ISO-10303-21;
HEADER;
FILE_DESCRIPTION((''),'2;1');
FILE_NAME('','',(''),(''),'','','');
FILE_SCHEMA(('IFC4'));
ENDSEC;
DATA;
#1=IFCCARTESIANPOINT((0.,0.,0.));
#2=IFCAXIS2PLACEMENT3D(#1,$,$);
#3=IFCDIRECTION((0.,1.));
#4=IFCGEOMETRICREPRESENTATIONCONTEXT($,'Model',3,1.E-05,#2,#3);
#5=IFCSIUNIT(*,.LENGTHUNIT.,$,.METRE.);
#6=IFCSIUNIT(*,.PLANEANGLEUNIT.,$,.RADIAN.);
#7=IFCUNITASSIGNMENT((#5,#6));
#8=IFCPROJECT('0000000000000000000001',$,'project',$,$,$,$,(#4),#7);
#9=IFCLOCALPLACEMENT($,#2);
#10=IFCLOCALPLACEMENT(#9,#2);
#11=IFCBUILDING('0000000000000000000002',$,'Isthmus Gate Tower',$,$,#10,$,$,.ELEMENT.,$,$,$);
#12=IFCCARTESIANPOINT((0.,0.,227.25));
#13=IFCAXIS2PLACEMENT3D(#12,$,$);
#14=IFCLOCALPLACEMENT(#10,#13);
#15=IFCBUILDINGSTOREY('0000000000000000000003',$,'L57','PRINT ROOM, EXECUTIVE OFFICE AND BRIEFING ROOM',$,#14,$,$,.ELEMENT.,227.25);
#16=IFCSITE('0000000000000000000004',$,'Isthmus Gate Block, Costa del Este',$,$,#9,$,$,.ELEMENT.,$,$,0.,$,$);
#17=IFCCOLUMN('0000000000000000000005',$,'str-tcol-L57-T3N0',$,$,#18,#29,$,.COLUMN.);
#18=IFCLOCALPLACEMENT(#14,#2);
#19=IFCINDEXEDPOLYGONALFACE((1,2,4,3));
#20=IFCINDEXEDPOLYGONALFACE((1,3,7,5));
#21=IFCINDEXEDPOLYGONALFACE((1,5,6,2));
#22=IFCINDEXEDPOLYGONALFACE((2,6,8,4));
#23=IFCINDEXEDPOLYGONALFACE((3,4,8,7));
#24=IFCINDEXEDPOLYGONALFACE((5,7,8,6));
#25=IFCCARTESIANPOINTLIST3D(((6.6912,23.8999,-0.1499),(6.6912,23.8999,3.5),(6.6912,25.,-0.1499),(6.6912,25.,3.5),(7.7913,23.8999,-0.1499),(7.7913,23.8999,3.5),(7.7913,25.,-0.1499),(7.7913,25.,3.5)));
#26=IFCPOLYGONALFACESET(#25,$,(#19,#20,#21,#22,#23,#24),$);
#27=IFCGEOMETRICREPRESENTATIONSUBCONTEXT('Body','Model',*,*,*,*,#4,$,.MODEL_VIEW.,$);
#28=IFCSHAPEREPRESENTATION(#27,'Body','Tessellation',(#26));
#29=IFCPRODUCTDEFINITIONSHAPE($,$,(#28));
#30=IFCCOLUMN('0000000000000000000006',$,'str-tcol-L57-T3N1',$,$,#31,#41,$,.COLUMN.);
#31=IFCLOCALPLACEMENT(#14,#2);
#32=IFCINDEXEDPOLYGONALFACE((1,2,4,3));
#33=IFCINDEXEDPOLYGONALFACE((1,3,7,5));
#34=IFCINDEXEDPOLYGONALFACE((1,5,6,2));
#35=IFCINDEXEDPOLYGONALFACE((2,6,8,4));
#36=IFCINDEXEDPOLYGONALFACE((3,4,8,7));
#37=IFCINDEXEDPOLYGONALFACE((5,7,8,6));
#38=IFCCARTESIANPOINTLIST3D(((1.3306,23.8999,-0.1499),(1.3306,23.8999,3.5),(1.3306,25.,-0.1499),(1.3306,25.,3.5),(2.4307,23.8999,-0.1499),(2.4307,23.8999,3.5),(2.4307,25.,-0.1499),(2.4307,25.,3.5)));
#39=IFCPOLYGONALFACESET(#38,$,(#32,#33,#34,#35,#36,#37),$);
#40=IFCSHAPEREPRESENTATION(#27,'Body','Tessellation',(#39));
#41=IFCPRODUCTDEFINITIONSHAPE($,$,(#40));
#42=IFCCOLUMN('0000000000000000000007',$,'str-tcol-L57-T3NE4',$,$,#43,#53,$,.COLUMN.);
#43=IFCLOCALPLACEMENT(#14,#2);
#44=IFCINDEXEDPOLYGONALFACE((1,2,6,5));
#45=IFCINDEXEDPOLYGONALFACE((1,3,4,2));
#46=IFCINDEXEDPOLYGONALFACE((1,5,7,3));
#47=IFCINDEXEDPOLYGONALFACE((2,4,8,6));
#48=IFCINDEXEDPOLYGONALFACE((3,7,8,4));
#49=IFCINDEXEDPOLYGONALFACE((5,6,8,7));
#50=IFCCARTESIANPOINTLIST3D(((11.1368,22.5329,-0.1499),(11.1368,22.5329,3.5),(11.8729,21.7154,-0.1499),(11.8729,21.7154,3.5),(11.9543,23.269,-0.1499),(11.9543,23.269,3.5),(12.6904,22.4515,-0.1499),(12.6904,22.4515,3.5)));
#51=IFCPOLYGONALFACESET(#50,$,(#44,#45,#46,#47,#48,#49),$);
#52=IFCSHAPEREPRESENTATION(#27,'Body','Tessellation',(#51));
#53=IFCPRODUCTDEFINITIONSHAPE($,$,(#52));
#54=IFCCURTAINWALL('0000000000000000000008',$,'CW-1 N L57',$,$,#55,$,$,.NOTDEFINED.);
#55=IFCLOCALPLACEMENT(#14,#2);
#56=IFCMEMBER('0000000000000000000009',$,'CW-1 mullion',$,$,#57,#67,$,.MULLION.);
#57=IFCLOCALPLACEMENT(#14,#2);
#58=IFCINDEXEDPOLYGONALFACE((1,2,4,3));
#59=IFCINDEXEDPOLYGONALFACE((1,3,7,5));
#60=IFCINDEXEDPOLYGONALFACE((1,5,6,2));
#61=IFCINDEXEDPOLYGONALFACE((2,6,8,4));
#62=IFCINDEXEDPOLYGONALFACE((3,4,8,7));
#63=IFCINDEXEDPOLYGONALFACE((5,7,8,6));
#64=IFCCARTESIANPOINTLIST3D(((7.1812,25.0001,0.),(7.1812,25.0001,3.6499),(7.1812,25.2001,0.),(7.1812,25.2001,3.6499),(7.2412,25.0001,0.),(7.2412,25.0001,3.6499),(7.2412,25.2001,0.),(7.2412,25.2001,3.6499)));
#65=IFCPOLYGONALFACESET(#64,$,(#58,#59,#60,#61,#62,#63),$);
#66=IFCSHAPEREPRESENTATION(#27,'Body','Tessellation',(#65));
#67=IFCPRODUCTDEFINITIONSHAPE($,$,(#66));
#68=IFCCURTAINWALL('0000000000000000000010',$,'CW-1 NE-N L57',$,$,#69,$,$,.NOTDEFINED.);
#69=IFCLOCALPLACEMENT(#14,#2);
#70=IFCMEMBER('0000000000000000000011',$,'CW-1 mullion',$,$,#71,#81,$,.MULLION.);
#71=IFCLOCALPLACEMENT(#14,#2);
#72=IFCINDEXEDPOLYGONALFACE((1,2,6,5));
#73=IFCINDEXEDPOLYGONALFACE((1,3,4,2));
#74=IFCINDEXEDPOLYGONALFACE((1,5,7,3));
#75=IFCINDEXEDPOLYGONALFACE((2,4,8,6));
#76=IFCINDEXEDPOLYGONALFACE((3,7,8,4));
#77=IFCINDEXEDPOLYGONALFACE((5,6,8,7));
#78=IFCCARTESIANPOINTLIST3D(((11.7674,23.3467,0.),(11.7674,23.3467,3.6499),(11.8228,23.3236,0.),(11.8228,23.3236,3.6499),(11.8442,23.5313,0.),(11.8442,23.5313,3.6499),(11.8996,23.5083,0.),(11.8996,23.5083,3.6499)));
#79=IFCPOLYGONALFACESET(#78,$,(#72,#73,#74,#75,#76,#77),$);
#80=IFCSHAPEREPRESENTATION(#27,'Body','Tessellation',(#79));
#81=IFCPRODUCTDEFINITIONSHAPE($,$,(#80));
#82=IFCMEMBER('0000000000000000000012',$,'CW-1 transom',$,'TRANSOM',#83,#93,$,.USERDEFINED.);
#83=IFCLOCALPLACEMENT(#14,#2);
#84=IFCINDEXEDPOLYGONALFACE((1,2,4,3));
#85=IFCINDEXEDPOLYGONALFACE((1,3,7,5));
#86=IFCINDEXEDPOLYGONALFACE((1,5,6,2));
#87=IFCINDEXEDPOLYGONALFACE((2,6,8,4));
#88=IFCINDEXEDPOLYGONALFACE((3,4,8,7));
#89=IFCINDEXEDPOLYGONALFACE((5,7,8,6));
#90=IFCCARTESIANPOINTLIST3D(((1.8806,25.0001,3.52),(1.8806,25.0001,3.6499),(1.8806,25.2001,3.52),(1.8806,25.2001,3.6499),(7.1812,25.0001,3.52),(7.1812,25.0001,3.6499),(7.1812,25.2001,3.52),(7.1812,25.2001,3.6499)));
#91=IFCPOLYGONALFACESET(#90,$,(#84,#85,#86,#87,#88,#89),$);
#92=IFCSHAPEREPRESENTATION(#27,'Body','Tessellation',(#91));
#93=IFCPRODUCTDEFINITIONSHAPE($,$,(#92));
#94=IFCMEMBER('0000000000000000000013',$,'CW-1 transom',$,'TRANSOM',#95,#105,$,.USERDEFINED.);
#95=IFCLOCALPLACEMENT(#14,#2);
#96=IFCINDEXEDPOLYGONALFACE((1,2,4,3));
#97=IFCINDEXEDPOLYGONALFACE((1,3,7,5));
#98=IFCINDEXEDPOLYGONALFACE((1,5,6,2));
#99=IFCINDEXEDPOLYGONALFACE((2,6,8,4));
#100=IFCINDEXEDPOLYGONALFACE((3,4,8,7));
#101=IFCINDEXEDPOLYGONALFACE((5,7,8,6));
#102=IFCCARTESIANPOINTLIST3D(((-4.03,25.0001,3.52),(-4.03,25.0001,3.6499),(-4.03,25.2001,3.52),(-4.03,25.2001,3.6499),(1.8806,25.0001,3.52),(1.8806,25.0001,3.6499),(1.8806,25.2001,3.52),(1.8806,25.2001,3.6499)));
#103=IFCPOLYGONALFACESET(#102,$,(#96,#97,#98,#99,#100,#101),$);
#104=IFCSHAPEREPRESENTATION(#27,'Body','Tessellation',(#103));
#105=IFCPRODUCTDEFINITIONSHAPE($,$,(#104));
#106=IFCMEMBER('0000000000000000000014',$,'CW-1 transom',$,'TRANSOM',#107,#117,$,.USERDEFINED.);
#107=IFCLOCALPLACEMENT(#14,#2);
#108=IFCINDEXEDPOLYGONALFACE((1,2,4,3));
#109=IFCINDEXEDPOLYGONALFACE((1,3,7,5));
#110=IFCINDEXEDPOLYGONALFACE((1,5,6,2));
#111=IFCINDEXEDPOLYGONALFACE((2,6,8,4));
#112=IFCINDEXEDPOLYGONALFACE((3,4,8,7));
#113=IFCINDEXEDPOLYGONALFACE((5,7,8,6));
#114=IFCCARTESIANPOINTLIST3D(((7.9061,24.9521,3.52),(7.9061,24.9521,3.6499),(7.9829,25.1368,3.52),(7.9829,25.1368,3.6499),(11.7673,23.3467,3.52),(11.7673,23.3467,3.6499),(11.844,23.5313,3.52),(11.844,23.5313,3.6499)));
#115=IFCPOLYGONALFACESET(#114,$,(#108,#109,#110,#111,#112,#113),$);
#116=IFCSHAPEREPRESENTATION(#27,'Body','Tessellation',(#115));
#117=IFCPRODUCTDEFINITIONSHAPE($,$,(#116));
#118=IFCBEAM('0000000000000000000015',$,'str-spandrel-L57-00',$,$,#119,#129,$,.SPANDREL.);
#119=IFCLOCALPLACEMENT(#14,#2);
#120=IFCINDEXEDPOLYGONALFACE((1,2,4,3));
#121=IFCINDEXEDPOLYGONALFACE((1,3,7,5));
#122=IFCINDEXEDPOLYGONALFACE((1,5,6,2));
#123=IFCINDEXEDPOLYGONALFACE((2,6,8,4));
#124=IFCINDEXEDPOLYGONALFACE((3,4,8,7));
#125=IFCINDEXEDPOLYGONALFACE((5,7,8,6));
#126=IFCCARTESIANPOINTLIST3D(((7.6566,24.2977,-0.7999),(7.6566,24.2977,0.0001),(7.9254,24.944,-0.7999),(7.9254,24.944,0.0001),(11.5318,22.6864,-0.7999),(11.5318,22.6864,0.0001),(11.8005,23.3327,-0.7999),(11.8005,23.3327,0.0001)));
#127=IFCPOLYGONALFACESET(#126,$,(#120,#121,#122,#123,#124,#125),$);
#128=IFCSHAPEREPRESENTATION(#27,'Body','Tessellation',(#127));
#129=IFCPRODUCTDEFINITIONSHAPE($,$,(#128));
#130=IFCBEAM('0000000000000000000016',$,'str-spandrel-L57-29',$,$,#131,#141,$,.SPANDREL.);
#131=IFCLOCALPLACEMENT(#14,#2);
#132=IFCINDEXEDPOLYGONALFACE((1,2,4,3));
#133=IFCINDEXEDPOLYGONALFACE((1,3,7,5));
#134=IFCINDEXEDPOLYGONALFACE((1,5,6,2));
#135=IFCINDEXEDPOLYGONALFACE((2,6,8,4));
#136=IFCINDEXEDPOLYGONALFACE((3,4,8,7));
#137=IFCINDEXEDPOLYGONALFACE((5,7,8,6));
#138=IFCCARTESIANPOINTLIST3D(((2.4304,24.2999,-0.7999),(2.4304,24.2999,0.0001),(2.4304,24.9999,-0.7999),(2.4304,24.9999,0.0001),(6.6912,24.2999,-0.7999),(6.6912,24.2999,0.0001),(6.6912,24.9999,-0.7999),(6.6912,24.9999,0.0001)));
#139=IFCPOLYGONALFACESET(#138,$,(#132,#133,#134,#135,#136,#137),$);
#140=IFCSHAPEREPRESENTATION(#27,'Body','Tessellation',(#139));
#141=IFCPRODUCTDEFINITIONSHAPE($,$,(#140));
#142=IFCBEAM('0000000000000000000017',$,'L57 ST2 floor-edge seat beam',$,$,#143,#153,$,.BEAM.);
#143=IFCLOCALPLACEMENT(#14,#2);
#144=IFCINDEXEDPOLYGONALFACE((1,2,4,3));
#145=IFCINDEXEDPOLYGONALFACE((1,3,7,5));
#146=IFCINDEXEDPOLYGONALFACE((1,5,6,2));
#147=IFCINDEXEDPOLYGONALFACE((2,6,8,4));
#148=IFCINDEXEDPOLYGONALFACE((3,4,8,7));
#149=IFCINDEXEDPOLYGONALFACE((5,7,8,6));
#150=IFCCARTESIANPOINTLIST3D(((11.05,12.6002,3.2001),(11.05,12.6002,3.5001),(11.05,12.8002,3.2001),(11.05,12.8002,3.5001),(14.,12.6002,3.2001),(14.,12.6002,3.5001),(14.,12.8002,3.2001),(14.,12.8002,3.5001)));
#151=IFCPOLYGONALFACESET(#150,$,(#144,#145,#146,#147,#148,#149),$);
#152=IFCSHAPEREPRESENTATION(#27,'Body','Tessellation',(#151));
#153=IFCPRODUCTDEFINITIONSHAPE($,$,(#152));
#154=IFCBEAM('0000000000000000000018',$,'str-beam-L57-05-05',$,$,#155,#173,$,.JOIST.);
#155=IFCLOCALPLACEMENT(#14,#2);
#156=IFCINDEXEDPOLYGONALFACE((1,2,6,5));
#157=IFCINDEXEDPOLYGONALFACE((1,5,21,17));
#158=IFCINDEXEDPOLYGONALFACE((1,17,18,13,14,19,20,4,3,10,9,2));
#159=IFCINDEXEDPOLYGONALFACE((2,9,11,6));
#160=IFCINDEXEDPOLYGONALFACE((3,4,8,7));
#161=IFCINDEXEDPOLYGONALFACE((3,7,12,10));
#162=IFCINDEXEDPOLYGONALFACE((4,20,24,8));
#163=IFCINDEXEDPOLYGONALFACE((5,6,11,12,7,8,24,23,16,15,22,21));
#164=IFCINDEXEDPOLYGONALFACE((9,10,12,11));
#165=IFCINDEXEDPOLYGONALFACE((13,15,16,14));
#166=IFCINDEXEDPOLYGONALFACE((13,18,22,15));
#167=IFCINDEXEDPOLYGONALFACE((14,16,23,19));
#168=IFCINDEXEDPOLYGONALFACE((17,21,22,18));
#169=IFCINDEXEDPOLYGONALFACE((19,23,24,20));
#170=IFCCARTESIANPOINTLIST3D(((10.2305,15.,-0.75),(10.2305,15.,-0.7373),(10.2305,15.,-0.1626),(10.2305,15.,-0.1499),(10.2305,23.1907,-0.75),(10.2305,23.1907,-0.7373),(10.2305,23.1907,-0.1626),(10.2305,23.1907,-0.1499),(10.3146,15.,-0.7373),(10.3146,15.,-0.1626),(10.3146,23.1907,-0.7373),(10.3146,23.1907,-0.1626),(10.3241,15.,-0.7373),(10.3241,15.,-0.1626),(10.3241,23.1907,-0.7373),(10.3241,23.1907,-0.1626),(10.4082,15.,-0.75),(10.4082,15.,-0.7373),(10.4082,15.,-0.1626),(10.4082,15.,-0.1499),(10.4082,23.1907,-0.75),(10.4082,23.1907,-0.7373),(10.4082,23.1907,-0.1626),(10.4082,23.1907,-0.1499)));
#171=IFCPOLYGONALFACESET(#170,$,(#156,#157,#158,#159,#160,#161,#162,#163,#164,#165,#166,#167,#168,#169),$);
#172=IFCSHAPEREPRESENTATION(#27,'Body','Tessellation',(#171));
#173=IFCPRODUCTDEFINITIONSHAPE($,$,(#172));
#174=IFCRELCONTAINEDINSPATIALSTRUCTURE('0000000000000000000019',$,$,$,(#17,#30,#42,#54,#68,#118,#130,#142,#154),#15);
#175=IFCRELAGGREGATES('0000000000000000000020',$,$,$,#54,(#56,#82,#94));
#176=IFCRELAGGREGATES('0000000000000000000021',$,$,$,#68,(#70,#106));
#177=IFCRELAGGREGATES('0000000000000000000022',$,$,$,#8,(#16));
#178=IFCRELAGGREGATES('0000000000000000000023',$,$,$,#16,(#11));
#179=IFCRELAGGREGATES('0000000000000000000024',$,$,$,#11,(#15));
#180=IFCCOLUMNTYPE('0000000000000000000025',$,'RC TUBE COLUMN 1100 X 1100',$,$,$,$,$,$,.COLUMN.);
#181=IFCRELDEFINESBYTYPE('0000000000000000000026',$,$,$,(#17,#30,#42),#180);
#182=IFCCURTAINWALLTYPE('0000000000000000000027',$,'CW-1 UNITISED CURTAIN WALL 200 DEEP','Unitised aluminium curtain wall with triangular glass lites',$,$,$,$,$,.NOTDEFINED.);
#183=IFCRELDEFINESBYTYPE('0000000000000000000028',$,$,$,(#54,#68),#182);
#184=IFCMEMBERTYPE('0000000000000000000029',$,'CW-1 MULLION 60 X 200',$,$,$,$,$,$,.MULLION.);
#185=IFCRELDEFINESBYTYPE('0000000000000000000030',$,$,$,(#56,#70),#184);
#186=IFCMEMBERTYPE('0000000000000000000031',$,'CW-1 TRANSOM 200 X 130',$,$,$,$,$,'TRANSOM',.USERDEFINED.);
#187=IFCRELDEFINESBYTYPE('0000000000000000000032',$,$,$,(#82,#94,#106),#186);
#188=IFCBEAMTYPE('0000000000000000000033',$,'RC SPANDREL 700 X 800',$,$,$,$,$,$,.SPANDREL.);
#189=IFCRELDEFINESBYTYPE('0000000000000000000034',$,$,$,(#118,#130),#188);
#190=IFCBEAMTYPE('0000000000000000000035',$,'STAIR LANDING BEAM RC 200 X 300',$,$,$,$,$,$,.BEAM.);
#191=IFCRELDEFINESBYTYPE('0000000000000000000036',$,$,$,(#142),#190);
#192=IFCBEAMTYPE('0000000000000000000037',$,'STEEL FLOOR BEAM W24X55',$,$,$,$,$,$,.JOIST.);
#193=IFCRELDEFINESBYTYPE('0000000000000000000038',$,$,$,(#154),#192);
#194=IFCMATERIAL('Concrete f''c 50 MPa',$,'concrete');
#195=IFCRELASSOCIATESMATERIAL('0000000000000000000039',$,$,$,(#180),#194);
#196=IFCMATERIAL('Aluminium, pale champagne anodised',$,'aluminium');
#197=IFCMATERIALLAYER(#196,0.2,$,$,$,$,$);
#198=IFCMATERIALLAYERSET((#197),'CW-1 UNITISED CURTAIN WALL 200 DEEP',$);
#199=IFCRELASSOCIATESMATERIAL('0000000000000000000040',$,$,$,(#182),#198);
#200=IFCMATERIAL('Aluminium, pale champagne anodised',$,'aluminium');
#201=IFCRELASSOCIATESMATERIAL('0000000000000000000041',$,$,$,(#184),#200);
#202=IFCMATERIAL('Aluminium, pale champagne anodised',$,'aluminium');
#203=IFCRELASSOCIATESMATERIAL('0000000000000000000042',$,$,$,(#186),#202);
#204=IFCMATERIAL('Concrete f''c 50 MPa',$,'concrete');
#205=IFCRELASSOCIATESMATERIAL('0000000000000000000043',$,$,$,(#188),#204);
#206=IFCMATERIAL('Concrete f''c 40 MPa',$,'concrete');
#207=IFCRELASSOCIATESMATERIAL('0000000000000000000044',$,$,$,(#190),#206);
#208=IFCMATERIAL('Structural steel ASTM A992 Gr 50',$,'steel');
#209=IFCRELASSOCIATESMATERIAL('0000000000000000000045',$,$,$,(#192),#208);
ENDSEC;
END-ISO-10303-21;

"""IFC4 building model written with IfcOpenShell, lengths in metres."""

from ifc_helpers import new_model, si_unit, direction, frame, origin, origin_2d, place, context, subcontext, project, spatial, rectangle, i_section, extrude, material, layer, layer_set, material_profile, profile_set, type_object, element, aggregate, save


model = new_model("IFC4")

# Units and contexts
model_context = context("Model", 3, precision=1e-05, world=origin(), true_north=direction((0.0, 1.0)))
body_context = subcontext(model_context, "Body", "Model", "MODEL_VIEW")
ifc_project = project(units=[si_unit("LENGTHUNIT", "METRE"), si_unit("PLANEANGLEUNIT", "RADIAN")], contexts=[model_context])

# Site, building, storey
site_placement = place(None, origin())
site = spatial("IfcSite", under=ifc_project, at=site_placement, Name="Isthmus Gate Block, Costa del Este", CompositionType="ELEMENT", RefElevation=0.0)
building_placement = place(site_placement, origin())
building = spatial("IfcBuilding", under=site, at=building_placement, Name="Isthmus Gate Tower", CompositionType="ELEMENT")
storey_placement = place(building_placement, frame((0.0, 0.0, 227.25)))
storey = spatial("IfcBuildingStorey", under=building, at=storey_placement, Name="L57", Description="PRINT ROOM, EXECUTIVE OFFICE AND BRIEFING ROOM", CompositionType="ELEMENT", Elevation=227.25)

# Columns
ifc_material_1 = material(Name="Concrete f'c 50 MPa", Category="concrete")
ifc_material_profile_1 = material_profile(ifc_material_1, rectangle(XDim=1.1001, YDim=1.1001, at=origin_2d()), Name="RC 1100X1100")
ifc_profile_set_1 = profile_set([ifc_material_profile_1], Name="Concrete f'c 50 MPa")
column_type = type_object("IfcColumnType", Name="RC TUBE COLUMN 1100 X 1100", PredefinedType="COLUMN", material=ifc_profile_set_1)
for number, where, z_axis, x_axis, name in (
    (1, (7.2412, 24.45, -0.1499), (0.0, 0.0, 1.0), (-1.0, 0.0, 0.0), "str-tcol-L57-T3N0"),
    (2, (1.8806, 24.45, -0.1499), (0.0, 0.0, 1.0), (-1.0, 0.0, 0.0), "str-tcol-L57-T3N1"),
    (3, (11.9136, 22.4922, -0.1499), (0.0, 0.0, 1.0), (-0.669131, 0.743145, 0.0), "str-tcol-L57-T3NE4"),
):
    element("IfcColumn", number, at=place(storey_placement, frame(where, z_axis=z_axis, x_axis=x_axis)), inside=storey, type_object=column_type, Name=name, PredefinedType="COLUMN", context=body_context, shape_type="SweptSolid", body=[
        extrude(rectangle(XDim=1.1001, YDim=1.1001, at=origin_2d()), origin(), (0.0, 0.0, 1.0), 3.6499),
    ])

# Curtain walls, members
ifc_material_2 = material(Name="Aluminium, pale champagne anodised", Category="aluminium")
ifc_layer_1 = layer(ifc_material_2, 0.2)
ifc_layer_set_1 = layer_set([ifc_layer_1], Name="CW-1 UNITISED CURTAIN WALL 200 DEEP")
curtain_wall_type = type_object("IfcCurtainWallType", Name="CW-1 UNITISED CURTAIN WALL 200 DEEP", Description="Unitised aluminium curtain wall with triangular glass lites", PredefinedType="NOTDEFINED", material=ifc_layer_set_1)
curtain_wall_1_placement = place(storey_placement, origin())
curtain_wall_1 = element("IfcCurtainWall", 4, at=curtain_wall_1_placement, inside=storey, type_object=curtain_wall_type, Name="CW-1 N L57", PredefinedType="NOTDEFINED")
ifc_material_3 = material(Name="Aluminium, pale champagne anodised", Category="aluminium")
ifc_material_profile_2 = material_profile(ifc_material_3, rectangle(XDim=0.0601, YDim=0.2, at=origin_2d()), Name="60x200")
ifc_profile_set_2 = profile_set([ifc_material_profile_2], Name="Aluminium, pale champagne anodised")
member_type_1 = type_object("IfcMemberType", Name="CW-1 MULLION 60 X 200", PredefinedType="MULLION", material=ifc_profile_set_2)
member_1_placement = place(storey_placement, frame((7.2112, 25.1001, 0.0), z_axis=(0.0, 0.0, 1.0), x_axis=(-1.0, 0.0, 0.0)))
member_1 = element("IfcMember", 5, at=member_1_placement, type_object=member_type_1, Name="CW-1 mullion", PredefinedType="MULLION", context=body_context, shape_type="SweptSolid", body=[
    extrude(rectangle(XDim=0.0601, YDim=0.2, at=origin_2d()), origin(), (0.0, 0.0, 1.0), 3.6499),
])
curtain_wall_2_placement = place(storey_placement, origin())
curtain_wall_2 = element("IfcCurtainWall", 6, at=curtain_wall_2_placement, inside=storey, type_object=curtain_wall_type, Name="CW-1 NE-N L57", PredefinedType="NOTDEFINED")
member_2_placement = place(storey_placement, frame((11.8335, 23.4275, 0.0), z_axis=(0.0, 0.0, 1.0), x_axis=(-0.923353, 0.383952, 0.0)))
member_2 = element("IfcMember", 7, at=member_2_placement, type_object=member_type_1, Name="CW-1 mullion", PredefinedType="MULLION", context=body_context, shape_type="SweptSolid", body=[
    extrude(rectangle(XDim=0.0601, YDim=0.2, at=origin_2d()), origin(), (0.0, 0.0, 1.0), 3.6499),
])

# Members
ifc_material_4 = material(Name="Aluminium, pale champagne anodised", Category="aluminium")
ifc_material_profile_3 = material_profile(ifc_material_4, rectangle(XDim=0.2, YDim=0.1299, at=origin_2d()), Name="200x130")
ifc_profile_set_3 = profile_set([ifc_material_profile_3], Name="Aluminium, pale champagne anodised")
member_type_2 = type_object("IfcMemberType", Name="CW-1 TRANSOM 200 X 130", ElementType="TRANSOM", PredefinedType="USERDEFINED", material=ifc_profile_set_3)
member_3_placement = place(storey_placement, frame((7.1812, 25.1001, 3.585), z_axis=(-1.0, 0.0, 0.0), x_axis=(0.0, -1.0, 0.0)))
member_3 = element("IfcMember", 8, at=member_3_placement, type_object=member_type_2, Name="CW-1 transom", ObjectType="TRANSOM", PredefinedType="USERDEFINED", context=body_context, shape_type="SweptSolid", body=[
    extrude(rectangle(XDim=0.2, YDim=0.1299, at=origin_2d()), origin(), (0.0, 0.0, 1.0), 5.3005),
])
member_4_placement = place(storey_placement, frame((1.8806, 25.1001, 3.585), z_axis=(-1.0, 0.0, 0.0), x_axis=(0.0, -1.0, 0.0)))
member_4 = element("IfcMember", 9, at=member_4_placement, type_object=member_type_2, Name="CW-1 transom", ObjectType="TRANSOM", PredefinedType="USERDEFINED", context=body_context, shape_type="SweptSolid", body=[
    extrude(rectangle(XDim=0.2, YDim=0.1299, at=origin_2d()), origin(), (0.0, 0.0, 1.0), 5.9106),
])
member_5_placement = place(storey_placement, frame((11.8057, 23.439, 3.585), z_axis=(-0.923358, 0.38394, 0.0), x_axis=(-0.38394, -0.923358, 0.0)))
member_5 = element("IfcMember", 10, at=member_5_placement, type_object=member_type_2, Name="CW-1 transom", ObjectType="TRANSOM", PredefinedType="USERDEFINED", context=body_context, shape_type="SweptSolid", body=[
    extrude(rectangle(XDim=0.2, YDim=0.1299, at=origin_2d()), origin(), (0.0, 0.0, 1.0), 4.1816),
])

# Beams
ifc_material_5 = material(Name="Concrete f'c 50 MPa", Category="concrete")
ifc_material_profile_4 = material_profile(ifc_material_5, rectangle(XDim=0.7, YDim=0.8, at=origin_2d()), Name="RC 700X800")
ifc_profile_set_4 = profile_set([ifc_material_profile_4], Name="Concrete f'c 50 MPa")
beam_type_1 = type_object("IfcBeamType", Name="RC SPANDREL 700 X 800", PredefinedType="SPANDREL", material=ifc_profile_set_4)
beam_1_placement = place(storey_placement, frame((7.791, 24.6208, -0.3999), z_axis=(0.923361, -0.383934, 0.0), x_axis=(0.383934, 0.923361, 0.0)))
element("IfcBeam", 11, at=beam_1_placement, inside=storey, type_object=beam_type_1, Name="str-spandrel-L57-00", PredefinedType="SPANDREL", context=body_context, shape_type="SweptSolid", body=[
    extrude(rectangle(XDim=0.7, YDim=0.8, at=origin_2d()), origin(), (0.0, 0.0, 1.0), 4.1968),
])
beam_2_placement = place(storey_placement, frame((2.4304, 24.6499, -0.3999), z_axis=(1.0, 0.0, 0.0), x_axis=(0.0, 1.0, 0.0)))
element("IfcBeam", 12, at=beam_2_placement, inside=storey, type_object=beam_type_1, Name="str-spandrel-L57-29", PredefinedType="SPANDREL", context=body_context, shape_type="SweptSolid", body=[
    extrude(rectangle(XDim=0.7, YDim=0.8, at=origin_2d()), origin(), (0.0, 0.0, 1.0), 4.2607),
])
ifc_material_6 = material(Name="Concrete f'c 40 MPa", Category="concrete")
ifc_material_profile_5 = material_profile(ifc_material_6, rectangle(XDim=0.2, YDim=0.3, at=origin_2d()), Name="STAIR LANDING BEAM RC 200 X 300")
ifc_profile_set_5 = profile_set([ifc_material_profile_5], Name="Concrete f'c 40 MPa")
beam_type_2 = type_object("IfcBeamType", Name="STAIR LANDING BEAM RC 200 X 300", PredefinedType="BEAM", material=ifc_profile_set_5)
beam_3_placement = place(storey_placement, frame((11.05, 12.7002, 3.3501), z_axis=(1.0, 0.0, 0.0), x_axis=(0.0, 1.0, 0.0)))
element("IfcBeam", 13, at=beam_3_placement, inside=storey, type_object=beam_type_2, Name="L57 ST2 floor-edge seat beam", PredefinedType="BEAM", context=body_context, shape_type="SweptSolid", body=[
    extrude(rectangle(XDim=0.2, YDim=0.3, at=origin_2d()), origin(), (0.0, 0.0, 1.0), 2.95),
])
ifc_material_7 = material(Name="Structural steel ASTM A992 Gr 50", Category="steel")
ifc_material_profile_6 = material_profile(ifc_material_7, i_section(OverallWidth=0.1777, OverallDepth=0.6001, WebThickness=0.0095, FlangeThickness=0.0127, at=origin_2d()), Name="W24X55")
ifc_profile_set_6 = profile_set([ifc_material_profile_6], Name="Structural steel ASTM A992 Gr 50")
beam_type_3 = type_object("IfcBeamType", Name="STEEL FLOOR BEAM W24X55", PredefinedType="JOIST", material=ifc_profile_set_6)
beam_4_placement = place(storey_placement, frame((10.3193, 15.0, -0.45), z_axis=(0.0, 1.0, 0.0), x_axis=(-1.0, 0.0, 0.0)))
element("IfcBeam", 14, at=beam_4_placement, inside=storey, type_object=beam_type_3, Name="str-beam-L57-05-05", PredefinedType="JOIST", context=body_context, shape_type="SweptSolid", body=[
    extrude(i_section(OverallWidth=0.1777, OverallDepth=0.6001, WebThickness=0.0095, FlangeThickness=0.0127, at=origin_2d()), origin(), (0.0, 0.0, 1.0), 8.1907),
])

aggregate(curtain_wall_1, [member_1, member_3, member_4])
aggregate(curtain_wall_2, [member_2, member_5])

save(model, "model.ifc")
